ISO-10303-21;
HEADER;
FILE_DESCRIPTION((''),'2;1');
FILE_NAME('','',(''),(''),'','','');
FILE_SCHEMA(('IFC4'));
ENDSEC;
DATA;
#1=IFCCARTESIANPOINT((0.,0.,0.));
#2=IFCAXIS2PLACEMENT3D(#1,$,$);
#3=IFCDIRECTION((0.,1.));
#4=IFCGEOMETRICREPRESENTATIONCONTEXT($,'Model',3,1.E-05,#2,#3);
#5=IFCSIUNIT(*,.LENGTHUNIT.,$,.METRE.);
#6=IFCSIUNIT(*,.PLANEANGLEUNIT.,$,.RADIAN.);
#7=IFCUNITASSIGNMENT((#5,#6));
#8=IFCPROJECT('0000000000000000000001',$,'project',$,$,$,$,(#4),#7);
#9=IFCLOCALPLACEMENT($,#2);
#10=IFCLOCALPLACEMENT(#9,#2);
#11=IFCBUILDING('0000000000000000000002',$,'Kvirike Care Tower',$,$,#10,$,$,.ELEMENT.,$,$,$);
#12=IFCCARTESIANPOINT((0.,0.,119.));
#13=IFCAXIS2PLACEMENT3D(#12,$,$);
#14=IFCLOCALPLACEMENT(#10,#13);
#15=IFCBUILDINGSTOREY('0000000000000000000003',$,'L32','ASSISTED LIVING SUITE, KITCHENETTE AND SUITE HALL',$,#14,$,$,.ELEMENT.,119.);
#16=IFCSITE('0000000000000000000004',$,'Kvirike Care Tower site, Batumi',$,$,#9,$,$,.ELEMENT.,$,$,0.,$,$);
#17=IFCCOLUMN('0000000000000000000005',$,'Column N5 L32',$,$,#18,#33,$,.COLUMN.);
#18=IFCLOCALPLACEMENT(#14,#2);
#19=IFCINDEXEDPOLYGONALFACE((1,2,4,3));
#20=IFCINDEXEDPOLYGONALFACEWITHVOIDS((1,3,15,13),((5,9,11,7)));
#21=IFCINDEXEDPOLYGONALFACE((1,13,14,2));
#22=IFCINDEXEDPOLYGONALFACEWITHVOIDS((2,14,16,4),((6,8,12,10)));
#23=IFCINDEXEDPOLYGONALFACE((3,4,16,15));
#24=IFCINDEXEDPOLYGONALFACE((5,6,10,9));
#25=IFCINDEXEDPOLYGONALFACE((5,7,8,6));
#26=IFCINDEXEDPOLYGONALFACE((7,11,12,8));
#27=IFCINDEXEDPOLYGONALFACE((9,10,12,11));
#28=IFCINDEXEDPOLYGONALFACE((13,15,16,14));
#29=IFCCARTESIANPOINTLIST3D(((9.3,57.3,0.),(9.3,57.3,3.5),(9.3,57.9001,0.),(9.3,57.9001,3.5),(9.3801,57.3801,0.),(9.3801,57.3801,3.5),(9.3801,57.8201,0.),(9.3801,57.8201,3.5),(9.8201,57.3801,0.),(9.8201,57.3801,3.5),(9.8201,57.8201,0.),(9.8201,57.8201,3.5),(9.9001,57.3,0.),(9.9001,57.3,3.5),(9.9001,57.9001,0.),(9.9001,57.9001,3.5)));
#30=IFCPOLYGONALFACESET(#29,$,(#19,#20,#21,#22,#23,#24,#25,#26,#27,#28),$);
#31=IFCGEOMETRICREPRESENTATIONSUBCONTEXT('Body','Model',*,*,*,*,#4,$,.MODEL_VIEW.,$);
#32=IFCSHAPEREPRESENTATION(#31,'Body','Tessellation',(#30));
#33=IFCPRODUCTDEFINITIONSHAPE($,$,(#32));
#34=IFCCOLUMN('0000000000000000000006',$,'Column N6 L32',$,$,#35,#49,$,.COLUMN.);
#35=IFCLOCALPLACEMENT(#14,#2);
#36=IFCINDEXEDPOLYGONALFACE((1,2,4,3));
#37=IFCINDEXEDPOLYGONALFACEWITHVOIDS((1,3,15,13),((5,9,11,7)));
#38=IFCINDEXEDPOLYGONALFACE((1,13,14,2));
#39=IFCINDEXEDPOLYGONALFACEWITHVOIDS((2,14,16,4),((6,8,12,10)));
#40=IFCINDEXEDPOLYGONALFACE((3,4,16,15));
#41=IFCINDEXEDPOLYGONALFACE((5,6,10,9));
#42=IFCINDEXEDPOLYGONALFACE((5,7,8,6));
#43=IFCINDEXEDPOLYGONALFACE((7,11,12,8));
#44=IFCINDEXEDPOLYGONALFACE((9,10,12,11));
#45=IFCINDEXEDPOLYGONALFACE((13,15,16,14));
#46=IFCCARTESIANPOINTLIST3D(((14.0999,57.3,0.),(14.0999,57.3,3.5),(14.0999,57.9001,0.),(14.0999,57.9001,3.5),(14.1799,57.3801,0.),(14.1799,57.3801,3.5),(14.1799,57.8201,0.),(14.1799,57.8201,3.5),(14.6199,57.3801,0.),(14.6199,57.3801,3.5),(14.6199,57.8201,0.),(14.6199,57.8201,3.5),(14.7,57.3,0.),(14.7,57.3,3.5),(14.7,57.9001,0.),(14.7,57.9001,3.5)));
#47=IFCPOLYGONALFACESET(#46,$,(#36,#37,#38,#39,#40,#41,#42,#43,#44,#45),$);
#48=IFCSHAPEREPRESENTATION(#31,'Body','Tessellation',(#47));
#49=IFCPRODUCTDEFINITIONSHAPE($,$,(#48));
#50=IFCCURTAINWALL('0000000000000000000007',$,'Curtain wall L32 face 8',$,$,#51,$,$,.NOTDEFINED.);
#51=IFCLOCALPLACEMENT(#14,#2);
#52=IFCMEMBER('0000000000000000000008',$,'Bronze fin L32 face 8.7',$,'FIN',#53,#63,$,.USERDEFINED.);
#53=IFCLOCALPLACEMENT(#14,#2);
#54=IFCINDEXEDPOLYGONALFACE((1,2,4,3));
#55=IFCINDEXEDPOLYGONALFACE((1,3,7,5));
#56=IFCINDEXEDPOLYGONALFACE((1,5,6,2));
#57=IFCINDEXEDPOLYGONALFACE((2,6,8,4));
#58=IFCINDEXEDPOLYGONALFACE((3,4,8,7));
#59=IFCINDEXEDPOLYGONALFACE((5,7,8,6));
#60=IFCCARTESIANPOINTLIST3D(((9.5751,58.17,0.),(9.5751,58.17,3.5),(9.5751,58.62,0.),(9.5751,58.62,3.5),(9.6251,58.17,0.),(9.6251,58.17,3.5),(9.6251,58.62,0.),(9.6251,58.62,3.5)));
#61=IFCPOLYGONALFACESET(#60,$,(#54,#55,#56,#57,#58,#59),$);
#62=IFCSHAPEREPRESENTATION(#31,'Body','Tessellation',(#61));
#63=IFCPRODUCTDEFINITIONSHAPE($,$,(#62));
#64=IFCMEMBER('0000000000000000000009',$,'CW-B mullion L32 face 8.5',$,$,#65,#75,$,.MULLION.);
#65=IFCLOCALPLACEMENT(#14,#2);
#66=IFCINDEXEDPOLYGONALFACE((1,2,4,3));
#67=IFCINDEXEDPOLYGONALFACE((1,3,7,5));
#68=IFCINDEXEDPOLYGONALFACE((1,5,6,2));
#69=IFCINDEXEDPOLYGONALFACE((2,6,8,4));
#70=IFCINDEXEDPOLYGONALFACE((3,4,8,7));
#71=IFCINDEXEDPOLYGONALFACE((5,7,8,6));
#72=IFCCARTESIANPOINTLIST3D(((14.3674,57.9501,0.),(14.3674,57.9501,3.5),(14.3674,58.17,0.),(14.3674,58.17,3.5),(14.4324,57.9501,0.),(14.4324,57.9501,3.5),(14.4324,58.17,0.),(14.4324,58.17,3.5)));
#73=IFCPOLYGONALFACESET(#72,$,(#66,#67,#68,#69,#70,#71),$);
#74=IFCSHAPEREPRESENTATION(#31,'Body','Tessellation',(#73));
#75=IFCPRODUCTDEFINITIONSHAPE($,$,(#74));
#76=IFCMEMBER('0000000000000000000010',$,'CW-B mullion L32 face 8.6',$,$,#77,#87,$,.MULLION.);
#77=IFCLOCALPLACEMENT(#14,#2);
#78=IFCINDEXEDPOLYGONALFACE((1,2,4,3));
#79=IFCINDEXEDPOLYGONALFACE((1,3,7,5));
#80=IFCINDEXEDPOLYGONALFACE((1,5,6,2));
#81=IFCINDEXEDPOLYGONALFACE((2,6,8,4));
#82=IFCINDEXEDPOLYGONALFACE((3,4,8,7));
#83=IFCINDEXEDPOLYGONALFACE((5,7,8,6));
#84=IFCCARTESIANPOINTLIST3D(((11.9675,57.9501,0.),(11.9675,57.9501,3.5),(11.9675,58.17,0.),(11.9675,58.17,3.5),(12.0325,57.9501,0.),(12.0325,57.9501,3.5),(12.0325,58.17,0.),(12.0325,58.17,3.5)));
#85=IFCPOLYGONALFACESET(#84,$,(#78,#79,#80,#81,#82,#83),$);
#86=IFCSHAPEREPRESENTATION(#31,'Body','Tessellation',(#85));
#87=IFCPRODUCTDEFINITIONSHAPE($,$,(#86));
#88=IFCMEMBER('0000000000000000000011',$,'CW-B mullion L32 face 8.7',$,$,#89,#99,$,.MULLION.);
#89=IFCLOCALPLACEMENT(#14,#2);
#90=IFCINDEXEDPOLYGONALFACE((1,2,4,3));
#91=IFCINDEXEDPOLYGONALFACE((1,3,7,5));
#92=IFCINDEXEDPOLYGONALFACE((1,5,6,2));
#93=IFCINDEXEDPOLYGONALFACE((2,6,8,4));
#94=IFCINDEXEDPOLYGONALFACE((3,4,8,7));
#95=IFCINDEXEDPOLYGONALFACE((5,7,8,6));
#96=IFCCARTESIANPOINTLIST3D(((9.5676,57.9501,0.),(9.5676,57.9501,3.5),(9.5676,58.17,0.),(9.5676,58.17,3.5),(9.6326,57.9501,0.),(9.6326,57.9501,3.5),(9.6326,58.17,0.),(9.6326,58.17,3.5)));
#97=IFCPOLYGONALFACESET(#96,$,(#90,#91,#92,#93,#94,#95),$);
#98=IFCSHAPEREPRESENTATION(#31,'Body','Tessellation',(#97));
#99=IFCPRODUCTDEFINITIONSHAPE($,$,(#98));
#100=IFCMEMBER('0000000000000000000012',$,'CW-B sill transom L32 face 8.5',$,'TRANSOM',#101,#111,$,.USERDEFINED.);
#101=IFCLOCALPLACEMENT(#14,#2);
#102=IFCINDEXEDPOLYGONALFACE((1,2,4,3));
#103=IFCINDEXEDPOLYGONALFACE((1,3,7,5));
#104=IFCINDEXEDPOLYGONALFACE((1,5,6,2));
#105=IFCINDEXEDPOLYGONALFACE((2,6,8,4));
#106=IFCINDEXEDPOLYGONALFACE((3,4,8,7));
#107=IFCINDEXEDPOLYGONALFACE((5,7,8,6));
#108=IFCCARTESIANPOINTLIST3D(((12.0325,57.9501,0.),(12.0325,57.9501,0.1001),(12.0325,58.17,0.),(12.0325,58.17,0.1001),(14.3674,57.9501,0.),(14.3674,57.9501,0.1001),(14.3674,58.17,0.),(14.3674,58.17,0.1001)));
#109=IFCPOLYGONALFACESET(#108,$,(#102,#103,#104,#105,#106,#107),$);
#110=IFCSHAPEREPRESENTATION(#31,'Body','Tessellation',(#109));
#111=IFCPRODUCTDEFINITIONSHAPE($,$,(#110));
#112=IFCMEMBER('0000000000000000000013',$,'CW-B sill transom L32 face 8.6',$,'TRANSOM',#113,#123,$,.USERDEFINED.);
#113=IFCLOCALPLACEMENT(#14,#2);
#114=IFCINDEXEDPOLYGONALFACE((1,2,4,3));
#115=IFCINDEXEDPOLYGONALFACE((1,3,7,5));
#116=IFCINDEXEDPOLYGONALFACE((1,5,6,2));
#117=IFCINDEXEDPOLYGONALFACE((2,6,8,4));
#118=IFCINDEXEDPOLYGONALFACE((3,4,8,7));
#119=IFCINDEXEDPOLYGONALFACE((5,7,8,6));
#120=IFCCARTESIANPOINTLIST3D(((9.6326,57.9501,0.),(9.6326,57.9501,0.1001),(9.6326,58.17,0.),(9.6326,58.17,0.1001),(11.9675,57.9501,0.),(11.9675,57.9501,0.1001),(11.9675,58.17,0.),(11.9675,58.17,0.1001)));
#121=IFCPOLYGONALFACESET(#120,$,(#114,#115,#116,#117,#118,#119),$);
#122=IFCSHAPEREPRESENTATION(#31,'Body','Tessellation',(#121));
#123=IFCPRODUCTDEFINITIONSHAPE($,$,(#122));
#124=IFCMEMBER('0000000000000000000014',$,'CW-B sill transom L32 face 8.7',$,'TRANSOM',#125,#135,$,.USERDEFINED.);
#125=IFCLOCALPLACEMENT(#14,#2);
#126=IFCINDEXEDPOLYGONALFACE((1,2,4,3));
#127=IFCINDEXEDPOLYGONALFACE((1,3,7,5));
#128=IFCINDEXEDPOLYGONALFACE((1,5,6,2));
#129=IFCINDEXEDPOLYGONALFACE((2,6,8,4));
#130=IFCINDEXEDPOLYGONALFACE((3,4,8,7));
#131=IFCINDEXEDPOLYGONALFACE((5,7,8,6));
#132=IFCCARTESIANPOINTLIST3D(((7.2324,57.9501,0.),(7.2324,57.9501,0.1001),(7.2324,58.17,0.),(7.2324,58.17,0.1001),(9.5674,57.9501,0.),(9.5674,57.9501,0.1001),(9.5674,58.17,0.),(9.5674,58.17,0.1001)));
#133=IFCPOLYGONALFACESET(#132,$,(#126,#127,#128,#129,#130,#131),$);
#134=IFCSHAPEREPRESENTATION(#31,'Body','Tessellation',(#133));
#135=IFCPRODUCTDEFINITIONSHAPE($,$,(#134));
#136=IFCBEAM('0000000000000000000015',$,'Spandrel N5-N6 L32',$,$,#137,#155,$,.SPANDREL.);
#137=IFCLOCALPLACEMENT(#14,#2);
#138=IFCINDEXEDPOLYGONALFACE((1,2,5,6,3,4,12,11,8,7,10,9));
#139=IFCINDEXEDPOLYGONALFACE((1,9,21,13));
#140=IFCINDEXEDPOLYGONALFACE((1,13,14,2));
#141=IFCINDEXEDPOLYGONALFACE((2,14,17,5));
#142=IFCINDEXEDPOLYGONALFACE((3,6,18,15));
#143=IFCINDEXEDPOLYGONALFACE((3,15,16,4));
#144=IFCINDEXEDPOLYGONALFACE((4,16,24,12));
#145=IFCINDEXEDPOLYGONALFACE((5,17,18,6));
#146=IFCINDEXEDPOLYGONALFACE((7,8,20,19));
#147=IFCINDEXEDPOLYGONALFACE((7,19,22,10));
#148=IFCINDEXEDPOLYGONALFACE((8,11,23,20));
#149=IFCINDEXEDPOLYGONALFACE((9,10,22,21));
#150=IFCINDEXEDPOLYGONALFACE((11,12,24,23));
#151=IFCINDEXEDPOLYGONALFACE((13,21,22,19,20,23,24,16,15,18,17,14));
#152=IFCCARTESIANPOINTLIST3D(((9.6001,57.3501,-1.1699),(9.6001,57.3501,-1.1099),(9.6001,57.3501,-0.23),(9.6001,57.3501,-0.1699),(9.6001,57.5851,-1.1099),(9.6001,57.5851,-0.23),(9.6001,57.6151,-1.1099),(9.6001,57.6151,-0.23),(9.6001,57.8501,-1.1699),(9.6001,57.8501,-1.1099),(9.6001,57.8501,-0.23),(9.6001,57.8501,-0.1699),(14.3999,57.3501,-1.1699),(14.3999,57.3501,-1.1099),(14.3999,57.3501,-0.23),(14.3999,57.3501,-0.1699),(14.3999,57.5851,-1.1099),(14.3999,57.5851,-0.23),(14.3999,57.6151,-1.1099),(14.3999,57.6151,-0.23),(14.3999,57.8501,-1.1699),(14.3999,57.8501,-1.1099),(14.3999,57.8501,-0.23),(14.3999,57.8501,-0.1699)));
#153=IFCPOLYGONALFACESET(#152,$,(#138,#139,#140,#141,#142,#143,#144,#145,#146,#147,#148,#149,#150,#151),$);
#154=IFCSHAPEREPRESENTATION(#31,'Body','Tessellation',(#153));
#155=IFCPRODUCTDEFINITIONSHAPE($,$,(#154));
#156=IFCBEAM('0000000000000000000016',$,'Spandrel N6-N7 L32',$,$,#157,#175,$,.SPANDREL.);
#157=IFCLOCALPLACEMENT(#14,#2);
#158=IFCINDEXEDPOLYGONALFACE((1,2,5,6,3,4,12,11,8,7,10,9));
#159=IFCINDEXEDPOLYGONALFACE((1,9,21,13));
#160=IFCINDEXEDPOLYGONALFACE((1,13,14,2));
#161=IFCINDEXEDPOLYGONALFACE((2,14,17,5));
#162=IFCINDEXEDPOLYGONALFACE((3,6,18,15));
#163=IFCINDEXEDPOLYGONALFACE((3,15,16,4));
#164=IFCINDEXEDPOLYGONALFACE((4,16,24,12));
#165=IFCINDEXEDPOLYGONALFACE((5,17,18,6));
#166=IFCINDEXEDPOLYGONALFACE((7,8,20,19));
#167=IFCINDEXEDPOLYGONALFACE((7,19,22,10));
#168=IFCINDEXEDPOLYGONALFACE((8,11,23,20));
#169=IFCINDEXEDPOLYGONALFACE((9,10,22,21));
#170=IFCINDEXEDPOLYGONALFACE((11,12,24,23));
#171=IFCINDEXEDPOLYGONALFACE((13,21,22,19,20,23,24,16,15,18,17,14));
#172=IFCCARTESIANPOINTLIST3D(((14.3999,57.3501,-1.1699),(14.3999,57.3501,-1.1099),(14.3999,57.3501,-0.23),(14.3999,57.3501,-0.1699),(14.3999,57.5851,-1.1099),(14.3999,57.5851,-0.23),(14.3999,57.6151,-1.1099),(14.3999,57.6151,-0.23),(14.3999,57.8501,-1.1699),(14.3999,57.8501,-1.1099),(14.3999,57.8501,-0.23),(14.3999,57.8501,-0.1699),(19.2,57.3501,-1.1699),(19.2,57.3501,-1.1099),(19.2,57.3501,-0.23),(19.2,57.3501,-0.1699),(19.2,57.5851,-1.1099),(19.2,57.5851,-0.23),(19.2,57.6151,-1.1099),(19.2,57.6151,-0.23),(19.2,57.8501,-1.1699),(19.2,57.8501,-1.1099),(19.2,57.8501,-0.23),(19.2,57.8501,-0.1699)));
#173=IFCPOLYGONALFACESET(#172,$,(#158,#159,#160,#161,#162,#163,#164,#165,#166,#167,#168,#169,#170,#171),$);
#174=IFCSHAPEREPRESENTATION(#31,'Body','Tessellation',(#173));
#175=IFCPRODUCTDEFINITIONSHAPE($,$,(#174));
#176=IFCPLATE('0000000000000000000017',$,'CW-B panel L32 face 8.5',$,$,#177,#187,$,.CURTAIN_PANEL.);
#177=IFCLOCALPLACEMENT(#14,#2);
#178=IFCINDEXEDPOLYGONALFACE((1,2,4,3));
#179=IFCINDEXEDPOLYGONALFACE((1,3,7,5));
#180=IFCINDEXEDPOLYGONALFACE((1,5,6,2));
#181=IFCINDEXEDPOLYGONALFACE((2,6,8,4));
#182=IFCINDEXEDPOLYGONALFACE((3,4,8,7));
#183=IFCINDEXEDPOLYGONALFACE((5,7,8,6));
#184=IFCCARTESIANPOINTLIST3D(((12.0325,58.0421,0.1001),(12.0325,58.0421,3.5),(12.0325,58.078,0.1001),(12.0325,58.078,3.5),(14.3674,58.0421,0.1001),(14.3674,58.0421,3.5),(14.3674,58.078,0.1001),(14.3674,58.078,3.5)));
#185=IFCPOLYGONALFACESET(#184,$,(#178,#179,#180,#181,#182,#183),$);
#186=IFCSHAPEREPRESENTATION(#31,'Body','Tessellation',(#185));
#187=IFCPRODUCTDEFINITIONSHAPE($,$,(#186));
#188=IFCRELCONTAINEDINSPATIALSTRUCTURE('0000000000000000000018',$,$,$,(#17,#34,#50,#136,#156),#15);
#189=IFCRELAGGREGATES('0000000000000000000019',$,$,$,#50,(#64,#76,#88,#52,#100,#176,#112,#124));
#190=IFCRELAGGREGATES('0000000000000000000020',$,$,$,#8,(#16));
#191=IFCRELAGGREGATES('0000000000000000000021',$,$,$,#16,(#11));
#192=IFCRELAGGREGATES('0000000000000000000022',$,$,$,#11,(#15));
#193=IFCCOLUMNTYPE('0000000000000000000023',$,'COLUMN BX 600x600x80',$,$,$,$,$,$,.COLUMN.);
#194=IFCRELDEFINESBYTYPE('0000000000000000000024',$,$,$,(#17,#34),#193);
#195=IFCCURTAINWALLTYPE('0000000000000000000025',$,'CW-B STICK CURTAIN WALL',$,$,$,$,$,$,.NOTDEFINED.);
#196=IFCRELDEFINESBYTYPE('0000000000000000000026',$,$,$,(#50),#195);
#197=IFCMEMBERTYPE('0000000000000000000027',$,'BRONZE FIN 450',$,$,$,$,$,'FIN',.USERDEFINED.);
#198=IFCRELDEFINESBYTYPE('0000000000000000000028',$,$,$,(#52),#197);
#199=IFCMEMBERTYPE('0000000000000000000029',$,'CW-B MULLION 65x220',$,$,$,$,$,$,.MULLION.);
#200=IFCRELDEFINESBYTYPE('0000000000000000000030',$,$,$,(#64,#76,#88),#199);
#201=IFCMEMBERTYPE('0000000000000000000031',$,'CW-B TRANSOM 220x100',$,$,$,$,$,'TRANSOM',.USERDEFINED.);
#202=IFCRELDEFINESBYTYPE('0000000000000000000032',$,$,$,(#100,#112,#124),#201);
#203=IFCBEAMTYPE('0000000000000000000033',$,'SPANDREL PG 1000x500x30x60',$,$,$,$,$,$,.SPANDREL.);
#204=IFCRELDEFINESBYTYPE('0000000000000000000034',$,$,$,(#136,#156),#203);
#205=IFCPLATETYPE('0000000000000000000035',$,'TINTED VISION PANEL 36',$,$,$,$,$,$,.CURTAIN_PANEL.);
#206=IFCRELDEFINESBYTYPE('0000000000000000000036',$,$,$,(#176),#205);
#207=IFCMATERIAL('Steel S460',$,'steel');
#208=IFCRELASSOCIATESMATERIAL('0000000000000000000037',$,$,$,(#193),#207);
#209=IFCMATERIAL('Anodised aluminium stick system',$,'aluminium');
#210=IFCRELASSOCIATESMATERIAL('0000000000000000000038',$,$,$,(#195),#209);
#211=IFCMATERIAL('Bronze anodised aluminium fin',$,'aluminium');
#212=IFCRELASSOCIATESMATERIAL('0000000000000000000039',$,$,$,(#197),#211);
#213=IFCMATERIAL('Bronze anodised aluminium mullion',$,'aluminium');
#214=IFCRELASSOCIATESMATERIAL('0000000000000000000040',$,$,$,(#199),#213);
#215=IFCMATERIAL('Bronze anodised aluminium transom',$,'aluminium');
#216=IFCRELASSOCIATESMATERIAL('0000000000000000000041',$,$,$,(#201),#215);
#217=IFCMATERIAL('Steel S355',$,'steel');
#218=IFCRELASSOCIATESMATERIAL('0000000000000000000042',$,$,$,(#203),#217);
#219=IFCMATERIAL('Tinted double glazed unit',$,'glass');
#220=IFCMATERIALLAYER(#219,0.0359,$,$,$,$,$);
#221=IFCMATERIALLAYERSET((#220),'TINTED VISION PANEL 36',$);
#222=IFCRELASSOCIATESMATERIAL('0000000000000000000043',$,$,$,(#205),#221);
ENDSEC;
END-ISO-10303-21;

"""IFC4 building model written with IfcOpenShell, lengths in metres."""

from ifc_helpers import new_model, si_unit, direction, frame, origin, origin_2d, place, context, subcontext, project, spatial, rectangle, hollow_rectangle, i_section, extrude, material, layer, layer_set, material_profile, profile_set, type_object, element, aggregate, save


model = new_model("IFC4")

# Units and contexts
model_context = context("Model", 3, precision=1e-05, world=origin(), true_north=direction((0.0, 1.0)))
body_context = subcontext(model_context, "Body", "Model", "MODEL_VIEW")
ifc_project = project(units=[si_unit("LENGTHUNIT", "METRE"), si_unit("PLANEANGLEUNIT", "RADIAN")], contexts=[model_context])

# Site, building, storey
site_placement = place(None, origin())
site = spatial("IfcSite", under=ifc_project, at=site_placement, Name="Kvirike Care Tower site, Batumi", CompositionType="ELEMENT", RefElevation=0.0)
building_placement = place(site_placement, origin())
building = spatial("IfcBuilding", under=site, at=building_placement, Name="Kvirike Care Tower", CompositionType="ELEMENT")
storey_placement = place(building_placement, frame((0.0, 0.0, 119.0)))
storey = spatial("IfcBuildingStorey", under=building, at=storey_placement, Name="L32", Description="ASSISTED LIVING SUITE, KITCHENETTE AND SUITE HALL", CompositionType="ELEMENT", Elevation=119.0)

# Columns
ifc_material_1 = material(Name="Steel S460", Category="steel")
ifc_material_profile_1 = material_profile(ifc_material_1, hollow_rectangle(XDim=0.6001, YDim=0.6001, WallThickness=0.0801, at=origin_2d()), Name="BX 600x600x80")
ifc_profile_set_1 = profile_set([ifc_material_profile_1], Name="Steel S460")
column_type = type_object("IfcColumnType", Name="COLUMN BX 600x600x80", PredefinedType="COLUMN", material=ifc_profile_set_1)
for number, where, z_axis, x_axis, name in (
    (1, (9.6001, 57.6001, 0.0), (0.0, 0.0, 1.0), (0.0, 1.0, 0.0), "Column N5 L32"),
    (2, (14.3999, 57.6001, 0.0), (0.0, 0.0, 1.0), (0.0, 1.0, 0.0), "Column N6 L32"),
):
    element("IfcColumn", number, at=place(storey_placement, frame(where, z_axis=z_axis, x_axis=x_axis)), inside=storey, type_object=column_type, Name=name, PredefinedType="COLUMN", context=body_context, shape_type="SweptSolid", body=[
        extrude(hollow_rectangle(XDim=0.6001, YDim=0.6001, WallThickness=0.0801, at=origin_2d()), origin(), (0.0, 0.0, 1.0), 3.5),
    ])

# Curtain wall, members
ifc_material_2 = material(Name="Anodised aluminium stick system", Category="aluminium")
curtain_wall_type = type_object("IfcCurtainWallType", Name="CW-B STICK CURTAIN WALL", PredefinedType="NOTDEFINED", material=ifc_material_2)
curtain_wall_placement = place(storey_placement, origin())
curtain_wall = element("IfcCurtainWall", 3, at=curtain_wall_placement, inside=storey, type_object=curtain_wall_type, Name="Curtain wall L32 face 8", PredefinedType="NOTDEFINED")
ifc_material_3 = material(Name="Bronze anodised aluminium fin", Category="aluminium")
ifc_material_profile_2 = material_profile(ifc_material_3, rectangle(XDim=0.05, YDim=0.45, at=origin_2d()), Name="BRONZE FIN 450")
ifc_profile_set_2 = profile_set([ifc_material_profile_2], Name="Bronze anodised aluminium fin")
member_type_1 = type_object("IfcMemberType", Name="BRONZE FIN 450", ElementType="FIN", PredefinedType="USERDEFINED", material=ifc_profile_set_2)
member_1_placement = place(storey_placement, frame((9.6001, 58.395, 0.0), z_axis=(0.0, 0.0, 1.0), x_axis=(-1.0, 0.0, 0.0)))
member_1 = element("IfcMember", 4, at=member_1_placement, type_object=member_type_1, Name="Bronze fin L32 face 8.7", ObjectType="FIN", PredefinedType="USERDEFINED", context=body_context, shape_type="SweptSolid", body=[
    extrude(rectangle(XDim=0.05, YDim=0.45, at=origin_2d()), origin(), (0.0, 0.0, 1.0), 3.5),
])
ifc_material_4 = material(Name="Bronze anodised aluminium mullion", Category="aluminium")
ifc_material_profile_3 = material_profile(ifc_material_4, rectangle(XDim=0.0649, YDim=0.22, at=origin_2d()), Name="CW-B MULLION 65x220")
ifc_profile_set_3 = profile_set([ifc_material_profile_3], Name="Bronze anodised aluminium mullion")
member_type_2 = type_object("IfcMemberType", Name="CW-B MULLION 65x220", PredefinedType="MULLION", material=ifc_profile_set_3)
member_2_placement = place(storey_placement, frame((14.3999, 58.0601, 0.0), z_axis=(0.0, 0.0, 1.0), x_axis=(-1.0, 0.0, 0.0)))
member_2 = element("IfcMember", 5, at=member_2_placement, type_object=member_type_2, Name="CW-B mullion L32 face 8.5", PredefinedType="MULLION", context=body_context, shape_type="SweptSolid", body=[
    extrude(rectangle(XDim=0.0649, YDim=0.22, at=origin_2d()), origin(), (0.0, 0.0, 1.0), 3.5),
])
member_3_placement = place(storey_placement, frame((12.0, 58.0601, 0.0), z_axis=(0.0, 0.0, 1.0), x_axis=(-1.0, 0.0, 0.0)))
member_3 = element("IfcMember", 6, at=member_3_placement, type_object=member_type_2, Name="CW-B mullion L32 face 8.6", PredefinedType="MULLION", context=body_context, shape_type="SweptSolid", body=[
    extrude(rectangle(XDim=0.0649, YDim=0.22, at=origin_2d()), origin(), (0.0, 0.0, 1.0), 3.5),
])
member_4_placement = place(storey_placement, frame((9.6001, 58.0601, 0.0), z_axis=(0.0, 0.0, 1.0), x_axis=(-1.0, 0.0, 0.0)))
member_4 = element("IfcMember", 7, at=member_4_placement, type_object=member_type_2, Name="CW-B mullion L32 face 8.7", PredefinedType="MULLION", context=body_context, shape_type="SweptSolid", body=[
    extrude(rectangle(XDim=0.0649, YDim=0.22, at=origin_2d()), origin(), (0.0, 0.0, 1.0), 3.5),
])
ifc_material_5 = material(Name="Bronze anodised aluminium transom", Category="aluminium")
ifc_material_profile_4 = material_profile(ifc_material_5, rectangle(XDim=0.22, YDim=0.1001, at=origin_2d()), Name="CW-B TRANSOM 220x100")
ifc_profile_set_4 = profile_set([ifc_material_profile_4], Name="Bronze anodised aluminium transom")
member_type_3 = type_object("IfcMemberType", Name="CW-B TRANSOM 220x100", ElementType="TRANSOM", PredefinedType="USERDEFINED", material=ifc_profile_set_4)
member_5_placement = place(storey_placement, frame((14.3674, 58.0601, 0.05), z_axis=(-1.0, 0.0, 0.0), x_axis=(0.0, -1.0, 0.0)))
member_5 = element("IfcMember", 8, at=member_5_placement, type_object=member_type_3, Name="CW-B sill transom L32 face 8.5", ObjectType="TRANSOM", PredefinedType="USERDEFINED", context=body_context, shape_type="SweptSolid", body=[
    extrude(rectangle(XDim=0.22, YDim=0.1001, at=origin_2d()), origin(), (0.0, 0.0, 1.0), 2.335),
])
member_6_placement = place(storey_placement, frame((11.9675, 58.0601, 0.05), z_axis=(-1.0, 0.0, 0.0), x_axis=(0.0, -1.0, 0.0)))
member_6 = element("IfcMember", 9, at=member_6_placement, type_object=member_type_3, Name="CW-B sill transom L32 face 8.6", ObjectType="TRANSOM", PredefinedType="USERDEFINED", context=body_context, shape_type="SweptSolid", body=[
    extrude(rectangle(XDim=0.22, YDim=0.1001, at=origin_2d()), origin(), (0.0, 0.0, 1.0), 2.335),
])
member_7_placement = place(storey_placement, frame((9.5674, 58.0601, 0.05), z_axis=(-1.0, 0.0, 0.0), x_axis=(0.0, -1.0, 0.0)))
member_7 = element("IfcMember", 10, at=member_7_placement, type_object=member_type_3, Name="CW-B sill transom L32 face 8.7", ObjectType="TRANSOM", PredefinedType="USERDEFINED", context=body_context, shape_type="SweptSolid", body=[
    extrude(rectangle(XDim=0.22, YDim=0.1001, at=origin_2d()), origin(), (0.0, 0.0, 1.0), 2.335),
])

# Beams
ifc_material_6 = material(Name="Steel S355", Category="steel")
ifc_material_profile_5 = material_profile(ifc_material_6, i_section(OverallWidth=0.5, OverallDepth=1.0, WebThickness=0.03, FlangeThickness=0.0601, at=origin_2d()), Name="PG 1000x500x30x60")
ifc_profile_set_5 = profile_set([ifc_material_profile_5], Name="Steel S355")
beam_type = type_object("IfcBeamType", Name="SPANDREL PG 1000x500x30x60", PredefinedType="SPANDREL", material=ifc_profile_set_5)
beam_1_placement = place(storey_placement, frame((9.6001, 57.6001, -0.6699), z_axis=(1.0, 0.0, 0.0), x_axis=(0.0, 1.0, 0.0)))
element("IfcBeam", 11, at=beam_1_placement, inside=storey, type_object=beam_type, Name="Spandrel N5-N6 L32", PredefinedType="SPANDREL", context=body_context, shape_type="SweptSolid", body=[
    extrude(i_section(OverallWidth=0.5, OverallDepth=1.0, WebThickness=0.03, FlangeThickness=0.0601, at=origin_2d()), origin(), (0.0, 0.0, 1.0), 4.7998),
])
beam_2_placement = place(storey_placement, frame((14.3999, 57.6001, -0.6699), z_axis=(1.0, 0.0, 0.0), x_axis=(0.0, 1.0, 0.0)))
element("IfcBeam", 12, at=beam_2_placement, inside=storey, type_object=beam_type, Name="Spandrel N6-N7 L32", PredefinedType="SPANDREL", context=body_context, shape_type="SweptSolid", body=[
    extrude(i_section(OverallWidth=0.5, OverallDepth=1.0, WebThickness=0.03, FlangeThickness=0.0601, at=origin_2d()), origin(), (0.0, 0.0, 1.0), 4.8),
])

# Plate
ifc_material_7 = material(Name="Tinted double glazed unit", Category="glass")
ifc_layer_1 = layer(ifc_material_7, 0.0359)
ifc_layer_set_1 = layer_set([ifc_layer_1], Name="TINTED VISION PANEL 36")
plate_type = type_object("IfcPlateType", Name="TINTED VISION PANEL 36", PredefinedType="CURTAIN_PANEL", material=ifc_layer_set_1)
plate_1_placement = place(storey_placement, frame((13.2, 58.0601, 0.1001), z_axis=(0.0, 0.0, 1.0), x_axis=(-1.0, 0.0, 0.0)))
plate_1 = element("IfcPlate", 13, at=plate_1_placement, type_object=plate_type, Name="CW-B panel L32 face 8.5", PredefinedType="CURTAIN_PANEL", context=body_context, shape_type="SweptSolid", body=[
    extrude(rectangle(XDim=2.335, YDim=0.0359, at=origin_2d()), origin(), (0.0, 0.0, 1.0), 3.3999),
])
aggregate(curtain_wall, [member_2, member_3, member_4, member_1, member_5, plate_1, member_6, member_7])

save(model, "model.ifc")
